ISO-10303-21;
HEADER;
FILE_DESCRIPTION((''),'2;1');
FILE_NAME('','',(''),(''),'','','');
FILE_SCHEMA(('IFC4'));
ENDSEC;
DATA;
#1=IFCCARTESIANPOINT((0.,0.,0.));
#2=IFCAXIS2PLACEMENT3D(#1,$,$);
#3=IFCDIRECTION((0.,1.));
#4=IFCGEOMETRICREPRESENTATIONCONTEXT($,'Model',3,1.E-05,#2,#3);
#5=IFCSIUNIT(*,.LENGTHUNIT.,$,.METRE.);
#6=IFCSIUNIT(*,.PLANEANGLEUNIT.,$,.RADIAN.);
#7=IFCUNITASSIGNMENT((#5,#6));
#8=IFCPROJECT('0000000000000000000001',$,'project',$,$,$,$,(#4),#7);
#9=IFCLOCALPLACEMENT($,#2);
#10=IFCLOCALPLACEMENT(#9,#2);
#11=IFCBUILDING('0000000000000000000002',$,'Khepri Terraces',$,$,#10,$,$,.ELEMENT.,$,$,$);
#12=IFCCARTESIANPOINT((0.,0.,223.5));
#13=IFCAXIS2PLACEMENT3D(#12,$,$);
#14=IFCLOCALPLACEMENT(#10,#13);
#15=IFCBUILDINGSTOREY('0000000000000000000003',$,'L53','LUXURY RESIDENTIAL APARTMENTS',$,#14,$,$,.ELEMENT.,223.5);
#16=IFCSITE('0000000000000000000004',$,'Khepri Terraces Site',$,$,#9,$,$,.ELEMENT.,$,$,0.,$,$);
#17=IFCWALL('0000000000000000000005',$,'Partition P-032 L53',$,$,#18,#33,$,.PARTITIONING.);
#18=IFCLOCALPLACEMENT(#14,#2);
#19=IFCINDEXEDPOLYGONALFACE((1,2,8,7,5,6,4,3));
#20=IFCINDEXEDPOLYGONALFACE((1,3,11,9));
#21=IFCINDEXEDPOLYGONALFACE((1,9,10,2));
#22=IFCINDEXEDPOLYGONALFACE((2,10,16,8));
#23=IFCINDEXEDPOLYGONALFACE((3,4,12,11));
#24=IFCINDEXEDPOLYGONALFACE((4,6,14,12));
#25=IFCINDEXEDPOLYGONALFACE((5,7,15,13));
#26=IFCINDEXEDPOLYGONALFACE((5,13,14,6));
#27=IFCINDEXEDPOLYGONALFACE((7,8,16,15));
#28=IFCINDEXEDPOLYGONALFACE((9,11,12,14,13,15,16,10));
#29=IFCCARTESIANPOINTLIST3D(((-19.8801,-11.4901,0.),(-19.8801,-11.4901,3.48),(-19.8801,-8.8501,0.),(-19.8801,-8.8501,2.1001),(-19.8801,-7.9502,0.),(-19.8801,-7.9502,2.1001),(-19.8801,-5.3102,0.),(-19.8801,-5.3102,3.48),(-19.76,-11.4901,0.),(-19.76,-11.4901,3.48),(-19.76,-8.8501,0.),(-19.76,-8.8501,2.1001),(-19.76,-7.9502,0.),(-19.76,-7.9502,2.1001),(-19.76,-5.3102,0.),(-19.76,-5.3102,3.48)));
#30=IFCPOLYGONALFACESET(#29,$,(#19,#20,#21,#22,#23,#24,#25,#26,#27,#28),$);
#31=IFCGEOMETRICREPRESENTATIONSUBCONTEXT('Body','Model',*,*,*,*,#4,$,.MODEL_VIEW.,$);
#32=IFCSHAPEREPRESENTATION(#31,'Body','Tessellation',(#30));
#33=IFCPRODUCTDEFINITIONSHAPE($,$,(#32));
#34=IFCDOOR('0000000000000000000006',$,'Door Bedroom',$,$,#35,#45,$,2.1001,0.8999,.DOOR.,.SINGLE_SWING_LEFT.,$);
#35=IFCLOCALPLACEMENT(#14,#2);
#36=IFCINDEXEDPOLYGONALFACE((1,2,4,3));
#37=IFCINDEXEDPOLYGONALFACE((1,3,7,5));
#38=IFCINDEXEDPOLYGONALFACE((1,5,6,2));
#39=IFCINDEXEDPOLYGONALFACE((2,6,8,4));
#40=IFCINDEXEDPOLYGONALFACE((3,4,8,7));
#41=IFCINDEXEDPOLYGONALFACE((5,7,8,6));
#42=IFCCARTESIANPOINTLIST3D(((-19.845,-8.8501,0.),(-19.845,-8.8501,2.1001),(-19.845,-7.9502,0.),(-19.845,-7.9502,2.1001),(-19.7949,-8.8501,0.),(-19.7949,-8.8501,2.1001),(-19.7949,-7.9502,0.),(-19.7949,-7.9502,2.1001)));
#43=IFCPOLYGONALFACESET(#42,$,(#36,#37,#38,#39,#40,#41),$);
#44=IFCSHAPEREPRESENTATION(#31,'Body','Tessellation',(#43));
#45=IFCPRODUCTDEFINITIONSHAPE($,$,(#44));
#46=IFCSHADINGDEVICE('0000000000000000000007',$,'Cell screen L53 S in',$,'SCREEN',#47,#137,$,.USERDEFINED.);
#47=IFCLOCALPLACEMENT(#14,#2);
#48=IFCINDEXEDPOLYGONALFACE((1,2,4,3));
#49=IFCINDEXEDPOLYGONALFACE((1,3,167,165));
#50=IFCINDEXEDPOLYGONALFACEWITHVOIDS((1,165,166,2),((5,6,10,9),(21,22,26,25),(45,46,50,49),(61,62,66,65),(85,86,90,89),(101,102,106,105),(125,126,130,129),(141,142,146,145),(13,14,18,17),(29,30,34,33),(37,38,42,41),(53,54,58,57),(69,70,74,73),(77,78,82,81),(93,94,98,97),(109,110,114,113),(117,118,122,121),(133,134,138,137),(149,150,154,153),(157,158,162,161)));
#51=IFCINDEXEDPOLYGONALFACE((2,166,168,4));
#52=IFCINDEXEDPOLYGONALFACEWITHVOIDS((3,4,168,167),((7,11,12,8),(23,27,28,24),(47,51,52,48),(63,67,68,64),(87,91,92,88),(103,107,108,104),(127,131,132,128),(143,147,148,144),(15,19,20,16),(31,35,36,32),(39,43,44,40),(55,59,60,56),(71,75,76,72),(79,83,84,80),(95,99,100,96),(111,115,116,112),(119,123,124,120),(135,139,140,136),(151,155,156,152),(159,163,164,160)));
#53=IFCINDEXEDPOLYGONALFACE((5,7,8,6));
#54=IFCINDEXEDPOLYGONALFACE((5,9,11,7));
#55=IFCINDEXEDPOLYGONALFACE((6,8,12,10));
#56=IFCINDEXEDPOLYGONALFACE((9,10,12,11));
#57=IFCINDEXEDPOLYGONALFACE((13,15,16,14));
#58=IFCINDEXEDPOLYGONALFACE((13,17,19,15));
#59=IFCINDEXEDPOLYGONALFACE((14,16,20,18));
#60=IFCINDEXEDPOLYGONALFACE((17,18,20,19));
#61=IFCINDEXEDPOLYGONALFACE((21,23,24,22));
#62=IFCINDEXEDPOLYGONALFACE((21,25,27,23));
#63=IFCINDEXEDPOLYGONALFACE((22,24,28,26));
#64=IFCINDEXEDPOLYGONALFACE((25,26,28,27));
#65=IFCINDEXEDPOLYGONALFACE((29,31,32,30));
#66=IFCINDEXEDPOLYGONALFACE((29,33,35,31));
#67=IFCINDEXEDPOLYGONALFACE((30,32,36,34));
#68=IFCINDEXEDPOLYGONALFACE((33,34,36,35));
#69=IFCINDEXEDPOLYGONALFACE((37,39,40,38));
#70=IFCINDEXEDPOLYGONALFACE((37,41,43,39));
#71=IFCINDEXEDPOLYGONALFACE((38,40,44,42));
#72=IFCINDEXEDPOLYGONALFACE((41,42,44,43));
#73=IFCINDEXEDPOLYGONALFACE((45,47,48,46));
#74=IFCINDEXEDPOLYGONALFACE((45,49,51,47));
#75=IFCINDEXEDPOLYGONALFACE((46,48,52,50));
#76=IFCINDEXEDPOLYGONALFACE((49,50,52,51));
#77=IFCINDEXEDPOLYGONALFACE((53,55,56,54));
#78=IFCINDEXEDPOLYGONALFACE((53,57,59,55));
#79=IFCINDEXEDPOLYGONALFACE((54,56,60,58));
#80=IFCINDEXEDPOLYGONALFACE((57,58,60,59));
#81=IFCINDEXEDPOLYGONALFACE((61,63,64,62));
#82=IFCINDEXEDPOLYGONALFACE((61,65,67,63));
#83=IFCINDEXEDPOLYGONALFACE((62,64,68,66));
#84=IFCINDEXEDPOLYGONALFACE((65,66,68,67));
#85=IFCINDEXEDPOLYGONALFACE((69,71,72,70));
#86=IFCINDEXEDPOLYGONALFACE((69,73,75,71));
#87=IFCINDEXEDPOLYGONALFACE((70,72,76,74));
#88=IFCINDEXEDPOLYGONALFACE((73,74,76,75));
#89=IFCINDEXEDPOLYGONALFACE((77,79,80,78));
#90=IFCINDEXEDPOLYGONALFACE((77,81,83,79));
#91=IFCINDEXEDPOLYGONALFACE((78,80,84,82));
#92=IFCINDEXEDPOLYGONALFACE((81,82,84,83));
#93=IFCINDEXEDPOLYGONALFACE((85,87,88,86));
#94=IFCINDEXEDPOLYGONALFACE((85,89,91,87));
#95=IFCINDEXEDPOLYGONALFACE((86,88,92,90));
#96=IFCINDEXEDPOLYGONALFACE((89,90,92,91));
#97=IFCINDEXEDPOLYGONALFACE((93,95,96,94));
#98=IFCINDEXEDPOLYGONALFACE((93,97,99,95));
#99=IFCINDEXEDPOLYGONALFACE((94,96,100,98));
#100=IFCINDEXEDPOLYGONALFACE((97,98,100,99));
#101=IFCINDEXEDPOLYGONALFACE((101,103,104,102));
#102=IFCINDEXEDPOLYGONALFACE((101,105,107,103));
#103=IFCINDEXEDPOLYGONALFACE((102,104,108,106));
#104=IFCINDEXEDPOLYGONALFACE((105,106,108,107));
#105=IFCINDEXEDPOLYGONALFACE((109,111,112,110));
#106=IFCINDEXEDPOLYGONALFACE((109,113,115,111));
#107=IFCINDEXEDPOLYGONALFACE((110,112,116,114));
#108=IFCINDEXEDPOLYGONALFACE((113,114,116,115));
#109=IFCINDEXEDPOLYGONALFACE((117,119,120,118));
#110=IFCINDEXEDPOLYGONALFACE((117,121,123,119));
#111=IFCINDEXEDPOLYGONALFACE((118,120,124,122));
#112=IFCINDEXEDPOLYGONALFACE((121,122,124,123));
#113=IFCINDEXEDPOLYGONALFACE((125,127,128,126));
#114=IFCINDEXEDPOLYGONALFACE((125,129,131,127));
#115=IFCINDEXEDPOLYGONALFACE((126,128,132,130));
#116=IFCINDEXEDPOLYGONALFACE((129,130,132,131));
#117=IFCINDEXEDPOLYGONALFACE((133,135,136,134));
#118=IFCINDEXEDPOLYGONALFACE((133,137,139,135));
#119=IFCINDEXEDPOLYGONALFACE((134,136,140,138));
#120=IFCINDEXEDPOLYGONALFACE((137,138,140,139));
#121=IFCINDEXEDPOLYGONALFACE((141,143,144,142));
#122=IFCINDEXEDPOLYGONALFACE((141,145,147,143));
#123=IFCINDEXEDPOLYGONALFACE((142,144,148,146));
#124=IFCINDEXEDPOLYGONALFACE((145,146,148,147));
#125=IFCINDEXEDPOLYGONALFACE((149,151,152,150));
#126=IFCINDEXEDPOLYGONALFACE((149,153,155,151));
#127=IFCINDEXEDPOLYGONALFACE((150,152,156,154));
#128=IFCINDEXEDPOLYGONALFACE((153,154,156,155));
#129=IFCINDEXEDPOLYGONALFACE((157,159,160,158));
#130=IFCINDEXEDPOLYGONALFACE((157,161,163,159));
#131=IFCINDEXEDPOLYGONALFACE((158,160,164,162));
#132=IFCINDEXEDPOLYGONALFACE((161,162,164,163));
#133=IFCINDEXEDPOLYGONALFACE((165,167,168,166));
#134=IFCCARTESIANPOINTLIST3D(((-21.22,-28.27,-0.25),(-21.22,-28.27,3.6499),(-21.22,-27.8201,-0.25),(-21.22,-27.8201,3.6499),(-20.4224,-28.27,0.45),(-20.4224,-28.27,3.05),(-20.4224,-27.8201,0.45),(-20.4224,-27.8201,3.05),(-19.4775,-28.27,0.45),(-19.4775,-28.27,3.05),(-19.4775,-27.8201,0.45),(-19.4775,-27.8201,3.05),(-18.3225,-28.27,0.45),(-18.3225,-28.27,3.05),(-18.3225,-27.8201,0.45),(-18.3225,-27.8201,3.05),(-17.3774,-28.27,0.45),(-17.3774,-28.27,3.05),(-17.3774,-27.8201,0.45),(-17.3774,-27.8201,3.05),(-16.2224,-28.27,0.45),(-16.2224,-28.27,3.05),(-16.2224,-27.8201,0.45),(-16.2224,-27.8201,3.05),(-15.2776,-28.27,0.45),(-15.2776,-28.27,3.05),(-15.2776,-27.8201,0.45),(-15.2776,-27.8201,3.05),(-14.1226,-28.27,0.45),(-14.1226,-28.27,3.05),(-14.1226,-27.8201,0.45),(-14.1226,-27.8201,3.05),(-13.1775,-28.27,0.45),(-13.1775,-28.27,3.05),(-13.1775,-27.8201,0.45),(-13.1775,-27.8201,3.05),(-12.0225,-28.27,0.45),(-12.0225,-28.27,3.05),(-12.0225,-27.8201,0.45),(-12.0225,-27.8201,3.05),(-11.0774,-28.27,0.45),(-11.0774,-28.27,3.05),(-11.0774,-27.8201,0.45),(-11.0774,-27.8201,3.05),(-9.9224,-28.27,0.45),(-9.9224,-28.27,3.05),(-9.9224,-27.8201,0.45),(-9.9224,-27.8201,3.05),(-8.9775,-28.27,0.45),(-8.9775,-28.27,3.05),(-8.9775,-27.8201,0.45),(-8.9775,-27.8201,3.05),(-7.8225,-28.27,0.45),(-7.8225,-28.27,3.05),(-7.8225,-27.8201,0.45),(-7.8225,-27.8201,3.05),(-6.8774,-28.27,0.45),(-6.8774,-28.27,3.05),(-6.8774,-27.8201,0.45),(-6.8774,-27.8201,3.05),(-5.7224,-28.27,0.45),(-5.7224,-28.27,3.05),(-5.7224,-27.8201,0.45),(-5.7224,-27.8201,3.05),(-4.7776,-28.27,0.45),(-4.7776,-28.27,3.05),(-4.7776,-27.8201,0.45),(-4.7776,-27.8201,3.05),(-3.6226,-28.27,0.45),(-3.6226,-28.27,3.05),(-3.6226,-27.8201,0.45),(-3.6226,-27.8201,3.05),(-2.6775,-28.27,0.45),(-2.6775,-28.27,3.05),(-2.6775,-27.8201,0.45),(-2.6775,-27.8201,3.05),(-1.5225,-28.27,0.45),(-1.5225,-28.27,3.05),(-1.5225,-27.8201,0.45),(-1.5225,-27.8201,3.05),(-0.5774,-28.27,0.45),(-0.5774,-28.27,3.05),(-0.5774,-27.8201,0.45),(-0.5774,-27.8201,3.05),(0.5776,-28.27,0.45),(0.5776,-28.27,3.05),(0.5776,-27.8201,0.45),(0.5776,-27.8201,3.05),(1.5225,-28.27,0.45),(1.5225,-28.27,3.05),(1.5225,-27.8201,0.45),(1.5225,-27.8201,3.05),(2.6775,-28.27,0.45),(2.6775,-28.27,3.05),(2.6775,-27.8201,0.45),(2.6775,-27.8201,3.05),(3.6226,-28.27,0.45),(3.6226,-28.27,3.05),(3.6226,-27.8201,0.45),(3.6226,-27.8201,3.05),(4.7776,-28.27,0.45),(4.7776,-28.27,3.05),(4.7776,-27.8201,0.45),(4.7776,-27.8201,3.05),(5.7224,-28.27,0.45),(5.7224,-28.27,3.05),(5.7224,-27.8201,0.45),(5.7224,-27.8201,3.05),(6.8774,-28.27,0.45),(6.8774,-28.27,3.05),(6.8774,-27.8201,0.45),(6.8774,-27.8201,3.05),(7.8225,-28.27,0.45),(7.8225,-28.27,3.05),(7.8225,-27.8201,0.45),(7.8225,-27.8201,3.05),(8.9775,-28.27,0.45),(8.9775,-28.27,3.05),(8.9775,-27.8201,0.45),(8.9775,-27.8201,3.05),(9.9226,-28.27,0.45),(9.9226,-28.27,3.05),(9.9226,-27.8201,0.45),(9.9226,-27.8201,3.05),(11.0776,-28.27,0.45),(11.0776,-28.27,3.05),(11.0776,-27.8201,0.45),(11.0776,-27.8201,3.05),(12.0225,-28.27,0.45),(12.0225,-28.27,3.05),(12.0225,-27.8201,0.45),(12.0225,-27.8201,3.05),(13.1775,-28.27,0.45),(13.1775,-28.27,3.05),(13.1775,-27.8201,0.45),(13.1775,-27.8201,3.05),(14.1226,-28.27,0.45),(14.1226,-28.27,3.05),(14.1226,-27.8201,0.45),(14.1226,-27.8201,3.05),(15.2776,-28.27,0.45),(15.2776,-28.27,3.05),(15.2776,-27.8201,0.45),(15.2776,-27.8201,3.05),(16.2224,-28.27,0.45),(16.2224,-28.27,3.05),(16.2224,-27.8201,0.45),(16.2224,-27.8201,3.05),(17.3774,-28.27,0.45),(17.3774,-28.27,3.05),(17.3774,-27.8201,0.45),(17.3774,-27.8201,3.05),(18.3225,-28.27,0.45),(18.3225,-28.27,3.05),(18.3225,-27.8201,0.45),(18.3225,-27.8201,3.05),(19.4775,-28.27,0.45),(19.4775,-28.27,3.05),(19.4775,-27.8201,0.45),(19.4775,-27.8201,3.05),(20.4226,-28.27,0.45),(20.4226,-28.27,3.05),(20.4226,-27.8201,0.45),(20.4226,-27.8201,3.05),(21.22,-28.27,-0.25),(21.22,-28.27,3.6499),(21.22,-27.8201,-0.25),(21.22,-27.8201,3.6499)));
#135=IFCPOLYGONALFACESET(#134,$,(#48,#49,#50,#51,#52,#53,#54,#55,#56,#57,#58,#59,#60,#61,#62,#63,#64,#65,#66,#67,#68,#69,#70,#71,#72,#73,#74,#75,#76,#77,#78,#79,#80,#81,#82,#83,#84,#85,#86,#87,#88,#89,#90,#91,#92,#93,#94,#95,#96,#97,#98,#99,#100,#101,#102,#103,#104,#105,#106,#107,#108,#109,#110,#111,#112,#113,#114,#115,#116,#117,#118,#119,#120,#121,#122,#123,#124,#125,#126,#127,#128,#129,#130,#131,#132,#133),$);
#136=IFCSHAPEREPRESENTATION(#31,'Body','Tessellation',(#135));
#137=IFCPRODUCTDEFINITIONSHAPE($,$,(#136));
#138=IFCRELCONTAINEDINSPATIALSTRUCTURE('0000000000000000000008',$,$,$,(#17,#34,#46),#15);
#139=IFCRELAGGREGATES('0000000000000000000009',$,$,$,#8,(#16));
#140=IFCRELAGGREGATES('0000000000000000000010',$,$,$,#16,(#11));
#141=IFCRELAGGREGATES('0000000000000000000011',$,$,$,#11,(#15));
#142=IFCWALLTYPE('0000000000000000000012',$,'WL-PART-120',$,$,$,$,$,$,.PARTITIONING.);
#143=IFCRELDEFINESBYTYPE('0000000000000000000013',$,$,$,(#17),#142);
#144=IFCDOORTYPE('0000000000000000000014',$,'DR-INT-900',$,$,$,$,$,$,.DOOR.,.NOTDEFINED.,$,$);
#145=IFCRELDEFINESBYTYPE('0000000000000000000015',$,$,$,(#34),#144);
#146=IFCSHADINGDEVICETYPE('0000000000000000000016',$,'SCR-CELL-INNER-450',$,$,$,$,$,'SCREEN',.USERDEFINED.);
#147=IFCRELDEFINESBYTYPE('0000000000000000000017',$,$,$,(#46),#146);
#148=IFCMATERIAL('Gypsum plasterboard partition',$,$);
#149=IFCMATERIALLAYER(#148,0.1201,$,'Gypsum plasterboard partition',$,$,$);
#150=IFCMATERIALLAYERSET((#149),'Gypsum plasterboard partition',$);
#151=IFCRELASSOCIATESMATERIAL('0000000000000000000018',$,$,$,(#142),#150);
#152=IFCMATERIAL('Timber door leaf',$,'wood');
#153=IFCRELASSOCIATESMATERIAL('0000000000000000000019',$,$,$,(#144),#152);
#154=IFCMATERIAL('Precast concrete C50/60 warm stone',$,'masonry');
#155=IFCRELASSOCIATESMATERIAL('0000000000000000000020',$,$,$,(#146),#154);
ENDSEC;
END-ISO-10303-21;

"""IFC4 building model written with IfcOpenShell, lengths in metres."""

from ifc_helpers import new_model, si_unit, direction, frame, frame_2d, origin, place, context, subcontext, project, spatial, polyline, rectangle, outline, extrude, material, layer, layer_set, type_object, element, fill, save


model = new_model("IFC4")

# Units and contexts
model_context = context("Model", 3, precision=1e-05, world=origin(), true_north=direction((0.0, 1.0)))
body_context = subcontext(model_context, "Body", "Model", "MODEL_VIEW")
ifc_project = project(units=[si_unit("LENGTHUNIT", "METRE"), si_unit("PLANEANGLEUNIT", "RADIAN")], contexts=[model_context])

# Site, building, storey
site_placement = place(None, origin())
site = spatial("IfcSite", under=ifc_project, at=site_placement, Name="Khepri Terraces Site", CompositionType="ELEMENT", RefElevation=0.0)
building_placement = place(site_placement, origin())
building = spatial("IfcBuilding", under=site, at=building_placement, Name="Khepri Terraces", CompositionType="ELEMENT")
storey_placement = place(building_placement, frame((0.0, 0.0, 223.5)))
storey = spatial("IfcBuildingStorey", under=building, at=storey_placement, Name="L53", Description="LUXURY RESIDENTIAL APARTMENTS", CompositionType="ELEMENT", Elevation=223.5)

# Shared definitions
ifc_material_1 = material(Name="Precast concrete C50/60 warm stone", Category="masonry")

# Shared definitions
ifc_material_2 = material(Name="Gypsum plasterboard partition")
ifc_layer_1 = layer(ifc_material_2, 0.1201, Name="Gypsum plasterboard partition")
ifc_layer_set_1 = layer_set([ifc_layer_1], Name="Gypsum plasterboard partition")
wall_type_1 = type_object("IfcWallType", Name="WL-PART-120", PredefinedType="PARTITIONING", material=ifc_layer_set_1)
ifc_material_3 = material(Name="Timber door leaf", Category="wood")
door_type_1 = type_object("IfcDoorType", Name="DR-INT-900", OperationType="NOTDEFINED", PredefinedType="DOOR", material=ifc_material_3)

# Wall, opening, door
wall_1_placement = place(storey_placement, frame((-19.8201, -11.49, 0.0), z_axis=(0.0, 0.0, 1.0), x_axis=(0.0, 1.0, 0.0)))
wall_1 = element("IfcWall", 1, at=wall_1_placement, inside=storey, type_object=wall_type_1, Name="Partition P-032 L53", PredefinedType="PARTITIONING", context=body_context, shape_type="SweptSolid", body=[
    extrude(rectangle(XDim=6.1799, YDim=0.1201, at=frame_2d((3.0898, 0.0))), origin(), (0.0, 0.0, 1.0), 3.48),
])
opening_1_placement = place(wall_1_placement, frame((2.6399, 0.0, 0.0)))
opening_1 = element("IfcOpeningElement", 2, at=opening_1_placement, cuts=wall_1, PredefinedType="OPENING", context=body_context, shape_type="SweptSolid", body=[
    extrude(rectangle(XDim=0.8999, YDim=2.1001, at=frame_2d((0.45, 1.05))), frame((0.0, 0.0701, 0.0), z_axis=(0.0, -1.0, 0.0), x_axis=(1.0, 0.0, 0.0)), (0.0, 0.0, 1.0), 0.1401),
])
door_1_placement = place(opening_1_placement, origin())
door_1 = element("IfcDoor", 3, at=door_1_placement, inside=storey, type_object=door_type_1, Name="Door Bedroom", OperationType="SINGLE_SWING_LEFT", OverallHeight=2.1001, OverallWidth=0.8999, PredefinedType="DOOR", context=body_context, shape_type="SweptSolid", body=[
    extrude(rectangle(XDim=0.8999, YDim=2.1001, at=frame_2d((0.45, 1.05))), frame((0.0, 0.0249, 0.0), z_axis=(0.0, -1.0, 0.0), x_axis=(1.0, 0.0, 0.0)), (0.0, 0.0, 1.0), 0.05),
])
fill(opening_1, door_1)

# Shading device
shading_device_type_1 = type_object("IfcShadingDeviceType", Name="SCR-CELL-INNER-450", ElementType="SCREEN", PredefinedType="USERDEFINED", material=ifc_material_1)
shading_device_1_placement = place(storey_placement, frame((-21.22, -27.8201, -0.25), z_axis=(0.0, -1.0, 0.0), x_axis=(1.0, 0.0, 0.0)))
element("IfcShadingDevice", 4, at=shading_device_1_placement, inside=storey, type_object=shading_device_type_1, Name="Cell screen L53 S in", ObjectType="SCREEN", PredefinedType="USERDEFINED", context=body_context, shape_type="SweptSolid", body=[
    extrude(outline(polyline([(0.0, 0.0), (42.4399, 0.0), (42.4399, 3.8999), (0.0, 3.8999), (0.0, 0.0)]), holes=[polyline([(0.7976, 0.7), (1.7424, 0.7), (1.7424, 3.3), (0.7976, 3.3), (0.7976, 0.7)]), polyline([(2.8975, 0.7), (3.8425, 0.7), (3.8425, 3.3), (2.8975, 3.3), (2.8975, 0.7)]), polyline([(4.9976, 0.7), (5.9424, 0.7), (5.9424, 3.3), (4.9976, 3.3), (4.9976, 0.7)]), polyline([(7.0974, 0.7), (8.0425, 0.7), (8.0425, 3.3), (7.0974, 3.3), (7.0974, 0.7)]), polyline([(9.1975, 0.7), (10.1426, 0.7), (10.1426, 3.3), (9.1975, 3.3), (9.1975, 0.7)]), polyline([(11.2976, 0.7), (12.2424, 0.7), (12.2424, 3.3), (11.2976, 3.3), (11.2976, 0.7)]), polyline([(13.3975, 0.7), (14.3425, 0.7), (14.3425, 3.3), (13.3975, 3.3), (13.3975, 0.7)]), polyline([(15.4976, 0.7), (16.4424, 0.7), (16.4424, 3.3), (15.4976, 3.3), (15.4976, 0.7)]), polyline([(17.5974, 0.7), (18.5425, 0.7), (18.5425, 3.3), (17.5974, 3.3), (17.5974, 0.7)]), polyline([(19.6975, 0.7), (20.6426, 0.7), (20.6426, 3.3), (19.6975, 3.3), (19.6975, 0.7)]), polyline([(21.7976, 0.7), (22.7424, 0.7), (22.7424, 3.3), (21.7976, 3.3), (21.7976, 0.7)]), polyline([(23.8975, 0.7), (24.8425, 0.7), (24.8425, 3.3), (23.8975, 3.3), (23.8975, 0.7)]), polyline([(25.9976, 0.7), (26.9424, 0.7), (26.9424, 3.3), (25.9976, 3.3), (25.9976, 0.7)]), polyline([(28.0974, 0.7), (29.0425, 0.7), (29.0425, 3.3), (28.0974, 3.3), (28.0974, 0.7)]), polyline([(30.1975, 0.7), (31.1426, 0.7), (31.1426, 3.3), (30.1975, 3.3), (30.1975, 0.7)]), polyline([(32.2976, 0.7), (33.2424, 0.7), (33.2424, 3.3), (32.2976, 3.3), (32.2976, 0.7)]), polyline([(34.3975, 0.7), (35.3425, 0.7), (35.3425, 3.3), (34.3975, 3.3), (34.3975, 0.7)]), polyline([(36.4976, 0.7), (37.4424, 0.7), (37.4424, 3.3), (36.4976, 3.3), (36.4976, 0.7)]), polyline([(38.5974, 0.7), (39.5425, 0.7), (39.5425, 3.3), (38.5974, 3.3), (38.5974, 0.7)]), polyline([(40.6975, 0.7), (41.6426, 0.7), (41.6426, 3.3), (40.6975, 3.3), (40.6975, 0.7)])]), origin(), (0.0, 0.0, 1.0), 0.45),
])

save(model, "model.ifc")
